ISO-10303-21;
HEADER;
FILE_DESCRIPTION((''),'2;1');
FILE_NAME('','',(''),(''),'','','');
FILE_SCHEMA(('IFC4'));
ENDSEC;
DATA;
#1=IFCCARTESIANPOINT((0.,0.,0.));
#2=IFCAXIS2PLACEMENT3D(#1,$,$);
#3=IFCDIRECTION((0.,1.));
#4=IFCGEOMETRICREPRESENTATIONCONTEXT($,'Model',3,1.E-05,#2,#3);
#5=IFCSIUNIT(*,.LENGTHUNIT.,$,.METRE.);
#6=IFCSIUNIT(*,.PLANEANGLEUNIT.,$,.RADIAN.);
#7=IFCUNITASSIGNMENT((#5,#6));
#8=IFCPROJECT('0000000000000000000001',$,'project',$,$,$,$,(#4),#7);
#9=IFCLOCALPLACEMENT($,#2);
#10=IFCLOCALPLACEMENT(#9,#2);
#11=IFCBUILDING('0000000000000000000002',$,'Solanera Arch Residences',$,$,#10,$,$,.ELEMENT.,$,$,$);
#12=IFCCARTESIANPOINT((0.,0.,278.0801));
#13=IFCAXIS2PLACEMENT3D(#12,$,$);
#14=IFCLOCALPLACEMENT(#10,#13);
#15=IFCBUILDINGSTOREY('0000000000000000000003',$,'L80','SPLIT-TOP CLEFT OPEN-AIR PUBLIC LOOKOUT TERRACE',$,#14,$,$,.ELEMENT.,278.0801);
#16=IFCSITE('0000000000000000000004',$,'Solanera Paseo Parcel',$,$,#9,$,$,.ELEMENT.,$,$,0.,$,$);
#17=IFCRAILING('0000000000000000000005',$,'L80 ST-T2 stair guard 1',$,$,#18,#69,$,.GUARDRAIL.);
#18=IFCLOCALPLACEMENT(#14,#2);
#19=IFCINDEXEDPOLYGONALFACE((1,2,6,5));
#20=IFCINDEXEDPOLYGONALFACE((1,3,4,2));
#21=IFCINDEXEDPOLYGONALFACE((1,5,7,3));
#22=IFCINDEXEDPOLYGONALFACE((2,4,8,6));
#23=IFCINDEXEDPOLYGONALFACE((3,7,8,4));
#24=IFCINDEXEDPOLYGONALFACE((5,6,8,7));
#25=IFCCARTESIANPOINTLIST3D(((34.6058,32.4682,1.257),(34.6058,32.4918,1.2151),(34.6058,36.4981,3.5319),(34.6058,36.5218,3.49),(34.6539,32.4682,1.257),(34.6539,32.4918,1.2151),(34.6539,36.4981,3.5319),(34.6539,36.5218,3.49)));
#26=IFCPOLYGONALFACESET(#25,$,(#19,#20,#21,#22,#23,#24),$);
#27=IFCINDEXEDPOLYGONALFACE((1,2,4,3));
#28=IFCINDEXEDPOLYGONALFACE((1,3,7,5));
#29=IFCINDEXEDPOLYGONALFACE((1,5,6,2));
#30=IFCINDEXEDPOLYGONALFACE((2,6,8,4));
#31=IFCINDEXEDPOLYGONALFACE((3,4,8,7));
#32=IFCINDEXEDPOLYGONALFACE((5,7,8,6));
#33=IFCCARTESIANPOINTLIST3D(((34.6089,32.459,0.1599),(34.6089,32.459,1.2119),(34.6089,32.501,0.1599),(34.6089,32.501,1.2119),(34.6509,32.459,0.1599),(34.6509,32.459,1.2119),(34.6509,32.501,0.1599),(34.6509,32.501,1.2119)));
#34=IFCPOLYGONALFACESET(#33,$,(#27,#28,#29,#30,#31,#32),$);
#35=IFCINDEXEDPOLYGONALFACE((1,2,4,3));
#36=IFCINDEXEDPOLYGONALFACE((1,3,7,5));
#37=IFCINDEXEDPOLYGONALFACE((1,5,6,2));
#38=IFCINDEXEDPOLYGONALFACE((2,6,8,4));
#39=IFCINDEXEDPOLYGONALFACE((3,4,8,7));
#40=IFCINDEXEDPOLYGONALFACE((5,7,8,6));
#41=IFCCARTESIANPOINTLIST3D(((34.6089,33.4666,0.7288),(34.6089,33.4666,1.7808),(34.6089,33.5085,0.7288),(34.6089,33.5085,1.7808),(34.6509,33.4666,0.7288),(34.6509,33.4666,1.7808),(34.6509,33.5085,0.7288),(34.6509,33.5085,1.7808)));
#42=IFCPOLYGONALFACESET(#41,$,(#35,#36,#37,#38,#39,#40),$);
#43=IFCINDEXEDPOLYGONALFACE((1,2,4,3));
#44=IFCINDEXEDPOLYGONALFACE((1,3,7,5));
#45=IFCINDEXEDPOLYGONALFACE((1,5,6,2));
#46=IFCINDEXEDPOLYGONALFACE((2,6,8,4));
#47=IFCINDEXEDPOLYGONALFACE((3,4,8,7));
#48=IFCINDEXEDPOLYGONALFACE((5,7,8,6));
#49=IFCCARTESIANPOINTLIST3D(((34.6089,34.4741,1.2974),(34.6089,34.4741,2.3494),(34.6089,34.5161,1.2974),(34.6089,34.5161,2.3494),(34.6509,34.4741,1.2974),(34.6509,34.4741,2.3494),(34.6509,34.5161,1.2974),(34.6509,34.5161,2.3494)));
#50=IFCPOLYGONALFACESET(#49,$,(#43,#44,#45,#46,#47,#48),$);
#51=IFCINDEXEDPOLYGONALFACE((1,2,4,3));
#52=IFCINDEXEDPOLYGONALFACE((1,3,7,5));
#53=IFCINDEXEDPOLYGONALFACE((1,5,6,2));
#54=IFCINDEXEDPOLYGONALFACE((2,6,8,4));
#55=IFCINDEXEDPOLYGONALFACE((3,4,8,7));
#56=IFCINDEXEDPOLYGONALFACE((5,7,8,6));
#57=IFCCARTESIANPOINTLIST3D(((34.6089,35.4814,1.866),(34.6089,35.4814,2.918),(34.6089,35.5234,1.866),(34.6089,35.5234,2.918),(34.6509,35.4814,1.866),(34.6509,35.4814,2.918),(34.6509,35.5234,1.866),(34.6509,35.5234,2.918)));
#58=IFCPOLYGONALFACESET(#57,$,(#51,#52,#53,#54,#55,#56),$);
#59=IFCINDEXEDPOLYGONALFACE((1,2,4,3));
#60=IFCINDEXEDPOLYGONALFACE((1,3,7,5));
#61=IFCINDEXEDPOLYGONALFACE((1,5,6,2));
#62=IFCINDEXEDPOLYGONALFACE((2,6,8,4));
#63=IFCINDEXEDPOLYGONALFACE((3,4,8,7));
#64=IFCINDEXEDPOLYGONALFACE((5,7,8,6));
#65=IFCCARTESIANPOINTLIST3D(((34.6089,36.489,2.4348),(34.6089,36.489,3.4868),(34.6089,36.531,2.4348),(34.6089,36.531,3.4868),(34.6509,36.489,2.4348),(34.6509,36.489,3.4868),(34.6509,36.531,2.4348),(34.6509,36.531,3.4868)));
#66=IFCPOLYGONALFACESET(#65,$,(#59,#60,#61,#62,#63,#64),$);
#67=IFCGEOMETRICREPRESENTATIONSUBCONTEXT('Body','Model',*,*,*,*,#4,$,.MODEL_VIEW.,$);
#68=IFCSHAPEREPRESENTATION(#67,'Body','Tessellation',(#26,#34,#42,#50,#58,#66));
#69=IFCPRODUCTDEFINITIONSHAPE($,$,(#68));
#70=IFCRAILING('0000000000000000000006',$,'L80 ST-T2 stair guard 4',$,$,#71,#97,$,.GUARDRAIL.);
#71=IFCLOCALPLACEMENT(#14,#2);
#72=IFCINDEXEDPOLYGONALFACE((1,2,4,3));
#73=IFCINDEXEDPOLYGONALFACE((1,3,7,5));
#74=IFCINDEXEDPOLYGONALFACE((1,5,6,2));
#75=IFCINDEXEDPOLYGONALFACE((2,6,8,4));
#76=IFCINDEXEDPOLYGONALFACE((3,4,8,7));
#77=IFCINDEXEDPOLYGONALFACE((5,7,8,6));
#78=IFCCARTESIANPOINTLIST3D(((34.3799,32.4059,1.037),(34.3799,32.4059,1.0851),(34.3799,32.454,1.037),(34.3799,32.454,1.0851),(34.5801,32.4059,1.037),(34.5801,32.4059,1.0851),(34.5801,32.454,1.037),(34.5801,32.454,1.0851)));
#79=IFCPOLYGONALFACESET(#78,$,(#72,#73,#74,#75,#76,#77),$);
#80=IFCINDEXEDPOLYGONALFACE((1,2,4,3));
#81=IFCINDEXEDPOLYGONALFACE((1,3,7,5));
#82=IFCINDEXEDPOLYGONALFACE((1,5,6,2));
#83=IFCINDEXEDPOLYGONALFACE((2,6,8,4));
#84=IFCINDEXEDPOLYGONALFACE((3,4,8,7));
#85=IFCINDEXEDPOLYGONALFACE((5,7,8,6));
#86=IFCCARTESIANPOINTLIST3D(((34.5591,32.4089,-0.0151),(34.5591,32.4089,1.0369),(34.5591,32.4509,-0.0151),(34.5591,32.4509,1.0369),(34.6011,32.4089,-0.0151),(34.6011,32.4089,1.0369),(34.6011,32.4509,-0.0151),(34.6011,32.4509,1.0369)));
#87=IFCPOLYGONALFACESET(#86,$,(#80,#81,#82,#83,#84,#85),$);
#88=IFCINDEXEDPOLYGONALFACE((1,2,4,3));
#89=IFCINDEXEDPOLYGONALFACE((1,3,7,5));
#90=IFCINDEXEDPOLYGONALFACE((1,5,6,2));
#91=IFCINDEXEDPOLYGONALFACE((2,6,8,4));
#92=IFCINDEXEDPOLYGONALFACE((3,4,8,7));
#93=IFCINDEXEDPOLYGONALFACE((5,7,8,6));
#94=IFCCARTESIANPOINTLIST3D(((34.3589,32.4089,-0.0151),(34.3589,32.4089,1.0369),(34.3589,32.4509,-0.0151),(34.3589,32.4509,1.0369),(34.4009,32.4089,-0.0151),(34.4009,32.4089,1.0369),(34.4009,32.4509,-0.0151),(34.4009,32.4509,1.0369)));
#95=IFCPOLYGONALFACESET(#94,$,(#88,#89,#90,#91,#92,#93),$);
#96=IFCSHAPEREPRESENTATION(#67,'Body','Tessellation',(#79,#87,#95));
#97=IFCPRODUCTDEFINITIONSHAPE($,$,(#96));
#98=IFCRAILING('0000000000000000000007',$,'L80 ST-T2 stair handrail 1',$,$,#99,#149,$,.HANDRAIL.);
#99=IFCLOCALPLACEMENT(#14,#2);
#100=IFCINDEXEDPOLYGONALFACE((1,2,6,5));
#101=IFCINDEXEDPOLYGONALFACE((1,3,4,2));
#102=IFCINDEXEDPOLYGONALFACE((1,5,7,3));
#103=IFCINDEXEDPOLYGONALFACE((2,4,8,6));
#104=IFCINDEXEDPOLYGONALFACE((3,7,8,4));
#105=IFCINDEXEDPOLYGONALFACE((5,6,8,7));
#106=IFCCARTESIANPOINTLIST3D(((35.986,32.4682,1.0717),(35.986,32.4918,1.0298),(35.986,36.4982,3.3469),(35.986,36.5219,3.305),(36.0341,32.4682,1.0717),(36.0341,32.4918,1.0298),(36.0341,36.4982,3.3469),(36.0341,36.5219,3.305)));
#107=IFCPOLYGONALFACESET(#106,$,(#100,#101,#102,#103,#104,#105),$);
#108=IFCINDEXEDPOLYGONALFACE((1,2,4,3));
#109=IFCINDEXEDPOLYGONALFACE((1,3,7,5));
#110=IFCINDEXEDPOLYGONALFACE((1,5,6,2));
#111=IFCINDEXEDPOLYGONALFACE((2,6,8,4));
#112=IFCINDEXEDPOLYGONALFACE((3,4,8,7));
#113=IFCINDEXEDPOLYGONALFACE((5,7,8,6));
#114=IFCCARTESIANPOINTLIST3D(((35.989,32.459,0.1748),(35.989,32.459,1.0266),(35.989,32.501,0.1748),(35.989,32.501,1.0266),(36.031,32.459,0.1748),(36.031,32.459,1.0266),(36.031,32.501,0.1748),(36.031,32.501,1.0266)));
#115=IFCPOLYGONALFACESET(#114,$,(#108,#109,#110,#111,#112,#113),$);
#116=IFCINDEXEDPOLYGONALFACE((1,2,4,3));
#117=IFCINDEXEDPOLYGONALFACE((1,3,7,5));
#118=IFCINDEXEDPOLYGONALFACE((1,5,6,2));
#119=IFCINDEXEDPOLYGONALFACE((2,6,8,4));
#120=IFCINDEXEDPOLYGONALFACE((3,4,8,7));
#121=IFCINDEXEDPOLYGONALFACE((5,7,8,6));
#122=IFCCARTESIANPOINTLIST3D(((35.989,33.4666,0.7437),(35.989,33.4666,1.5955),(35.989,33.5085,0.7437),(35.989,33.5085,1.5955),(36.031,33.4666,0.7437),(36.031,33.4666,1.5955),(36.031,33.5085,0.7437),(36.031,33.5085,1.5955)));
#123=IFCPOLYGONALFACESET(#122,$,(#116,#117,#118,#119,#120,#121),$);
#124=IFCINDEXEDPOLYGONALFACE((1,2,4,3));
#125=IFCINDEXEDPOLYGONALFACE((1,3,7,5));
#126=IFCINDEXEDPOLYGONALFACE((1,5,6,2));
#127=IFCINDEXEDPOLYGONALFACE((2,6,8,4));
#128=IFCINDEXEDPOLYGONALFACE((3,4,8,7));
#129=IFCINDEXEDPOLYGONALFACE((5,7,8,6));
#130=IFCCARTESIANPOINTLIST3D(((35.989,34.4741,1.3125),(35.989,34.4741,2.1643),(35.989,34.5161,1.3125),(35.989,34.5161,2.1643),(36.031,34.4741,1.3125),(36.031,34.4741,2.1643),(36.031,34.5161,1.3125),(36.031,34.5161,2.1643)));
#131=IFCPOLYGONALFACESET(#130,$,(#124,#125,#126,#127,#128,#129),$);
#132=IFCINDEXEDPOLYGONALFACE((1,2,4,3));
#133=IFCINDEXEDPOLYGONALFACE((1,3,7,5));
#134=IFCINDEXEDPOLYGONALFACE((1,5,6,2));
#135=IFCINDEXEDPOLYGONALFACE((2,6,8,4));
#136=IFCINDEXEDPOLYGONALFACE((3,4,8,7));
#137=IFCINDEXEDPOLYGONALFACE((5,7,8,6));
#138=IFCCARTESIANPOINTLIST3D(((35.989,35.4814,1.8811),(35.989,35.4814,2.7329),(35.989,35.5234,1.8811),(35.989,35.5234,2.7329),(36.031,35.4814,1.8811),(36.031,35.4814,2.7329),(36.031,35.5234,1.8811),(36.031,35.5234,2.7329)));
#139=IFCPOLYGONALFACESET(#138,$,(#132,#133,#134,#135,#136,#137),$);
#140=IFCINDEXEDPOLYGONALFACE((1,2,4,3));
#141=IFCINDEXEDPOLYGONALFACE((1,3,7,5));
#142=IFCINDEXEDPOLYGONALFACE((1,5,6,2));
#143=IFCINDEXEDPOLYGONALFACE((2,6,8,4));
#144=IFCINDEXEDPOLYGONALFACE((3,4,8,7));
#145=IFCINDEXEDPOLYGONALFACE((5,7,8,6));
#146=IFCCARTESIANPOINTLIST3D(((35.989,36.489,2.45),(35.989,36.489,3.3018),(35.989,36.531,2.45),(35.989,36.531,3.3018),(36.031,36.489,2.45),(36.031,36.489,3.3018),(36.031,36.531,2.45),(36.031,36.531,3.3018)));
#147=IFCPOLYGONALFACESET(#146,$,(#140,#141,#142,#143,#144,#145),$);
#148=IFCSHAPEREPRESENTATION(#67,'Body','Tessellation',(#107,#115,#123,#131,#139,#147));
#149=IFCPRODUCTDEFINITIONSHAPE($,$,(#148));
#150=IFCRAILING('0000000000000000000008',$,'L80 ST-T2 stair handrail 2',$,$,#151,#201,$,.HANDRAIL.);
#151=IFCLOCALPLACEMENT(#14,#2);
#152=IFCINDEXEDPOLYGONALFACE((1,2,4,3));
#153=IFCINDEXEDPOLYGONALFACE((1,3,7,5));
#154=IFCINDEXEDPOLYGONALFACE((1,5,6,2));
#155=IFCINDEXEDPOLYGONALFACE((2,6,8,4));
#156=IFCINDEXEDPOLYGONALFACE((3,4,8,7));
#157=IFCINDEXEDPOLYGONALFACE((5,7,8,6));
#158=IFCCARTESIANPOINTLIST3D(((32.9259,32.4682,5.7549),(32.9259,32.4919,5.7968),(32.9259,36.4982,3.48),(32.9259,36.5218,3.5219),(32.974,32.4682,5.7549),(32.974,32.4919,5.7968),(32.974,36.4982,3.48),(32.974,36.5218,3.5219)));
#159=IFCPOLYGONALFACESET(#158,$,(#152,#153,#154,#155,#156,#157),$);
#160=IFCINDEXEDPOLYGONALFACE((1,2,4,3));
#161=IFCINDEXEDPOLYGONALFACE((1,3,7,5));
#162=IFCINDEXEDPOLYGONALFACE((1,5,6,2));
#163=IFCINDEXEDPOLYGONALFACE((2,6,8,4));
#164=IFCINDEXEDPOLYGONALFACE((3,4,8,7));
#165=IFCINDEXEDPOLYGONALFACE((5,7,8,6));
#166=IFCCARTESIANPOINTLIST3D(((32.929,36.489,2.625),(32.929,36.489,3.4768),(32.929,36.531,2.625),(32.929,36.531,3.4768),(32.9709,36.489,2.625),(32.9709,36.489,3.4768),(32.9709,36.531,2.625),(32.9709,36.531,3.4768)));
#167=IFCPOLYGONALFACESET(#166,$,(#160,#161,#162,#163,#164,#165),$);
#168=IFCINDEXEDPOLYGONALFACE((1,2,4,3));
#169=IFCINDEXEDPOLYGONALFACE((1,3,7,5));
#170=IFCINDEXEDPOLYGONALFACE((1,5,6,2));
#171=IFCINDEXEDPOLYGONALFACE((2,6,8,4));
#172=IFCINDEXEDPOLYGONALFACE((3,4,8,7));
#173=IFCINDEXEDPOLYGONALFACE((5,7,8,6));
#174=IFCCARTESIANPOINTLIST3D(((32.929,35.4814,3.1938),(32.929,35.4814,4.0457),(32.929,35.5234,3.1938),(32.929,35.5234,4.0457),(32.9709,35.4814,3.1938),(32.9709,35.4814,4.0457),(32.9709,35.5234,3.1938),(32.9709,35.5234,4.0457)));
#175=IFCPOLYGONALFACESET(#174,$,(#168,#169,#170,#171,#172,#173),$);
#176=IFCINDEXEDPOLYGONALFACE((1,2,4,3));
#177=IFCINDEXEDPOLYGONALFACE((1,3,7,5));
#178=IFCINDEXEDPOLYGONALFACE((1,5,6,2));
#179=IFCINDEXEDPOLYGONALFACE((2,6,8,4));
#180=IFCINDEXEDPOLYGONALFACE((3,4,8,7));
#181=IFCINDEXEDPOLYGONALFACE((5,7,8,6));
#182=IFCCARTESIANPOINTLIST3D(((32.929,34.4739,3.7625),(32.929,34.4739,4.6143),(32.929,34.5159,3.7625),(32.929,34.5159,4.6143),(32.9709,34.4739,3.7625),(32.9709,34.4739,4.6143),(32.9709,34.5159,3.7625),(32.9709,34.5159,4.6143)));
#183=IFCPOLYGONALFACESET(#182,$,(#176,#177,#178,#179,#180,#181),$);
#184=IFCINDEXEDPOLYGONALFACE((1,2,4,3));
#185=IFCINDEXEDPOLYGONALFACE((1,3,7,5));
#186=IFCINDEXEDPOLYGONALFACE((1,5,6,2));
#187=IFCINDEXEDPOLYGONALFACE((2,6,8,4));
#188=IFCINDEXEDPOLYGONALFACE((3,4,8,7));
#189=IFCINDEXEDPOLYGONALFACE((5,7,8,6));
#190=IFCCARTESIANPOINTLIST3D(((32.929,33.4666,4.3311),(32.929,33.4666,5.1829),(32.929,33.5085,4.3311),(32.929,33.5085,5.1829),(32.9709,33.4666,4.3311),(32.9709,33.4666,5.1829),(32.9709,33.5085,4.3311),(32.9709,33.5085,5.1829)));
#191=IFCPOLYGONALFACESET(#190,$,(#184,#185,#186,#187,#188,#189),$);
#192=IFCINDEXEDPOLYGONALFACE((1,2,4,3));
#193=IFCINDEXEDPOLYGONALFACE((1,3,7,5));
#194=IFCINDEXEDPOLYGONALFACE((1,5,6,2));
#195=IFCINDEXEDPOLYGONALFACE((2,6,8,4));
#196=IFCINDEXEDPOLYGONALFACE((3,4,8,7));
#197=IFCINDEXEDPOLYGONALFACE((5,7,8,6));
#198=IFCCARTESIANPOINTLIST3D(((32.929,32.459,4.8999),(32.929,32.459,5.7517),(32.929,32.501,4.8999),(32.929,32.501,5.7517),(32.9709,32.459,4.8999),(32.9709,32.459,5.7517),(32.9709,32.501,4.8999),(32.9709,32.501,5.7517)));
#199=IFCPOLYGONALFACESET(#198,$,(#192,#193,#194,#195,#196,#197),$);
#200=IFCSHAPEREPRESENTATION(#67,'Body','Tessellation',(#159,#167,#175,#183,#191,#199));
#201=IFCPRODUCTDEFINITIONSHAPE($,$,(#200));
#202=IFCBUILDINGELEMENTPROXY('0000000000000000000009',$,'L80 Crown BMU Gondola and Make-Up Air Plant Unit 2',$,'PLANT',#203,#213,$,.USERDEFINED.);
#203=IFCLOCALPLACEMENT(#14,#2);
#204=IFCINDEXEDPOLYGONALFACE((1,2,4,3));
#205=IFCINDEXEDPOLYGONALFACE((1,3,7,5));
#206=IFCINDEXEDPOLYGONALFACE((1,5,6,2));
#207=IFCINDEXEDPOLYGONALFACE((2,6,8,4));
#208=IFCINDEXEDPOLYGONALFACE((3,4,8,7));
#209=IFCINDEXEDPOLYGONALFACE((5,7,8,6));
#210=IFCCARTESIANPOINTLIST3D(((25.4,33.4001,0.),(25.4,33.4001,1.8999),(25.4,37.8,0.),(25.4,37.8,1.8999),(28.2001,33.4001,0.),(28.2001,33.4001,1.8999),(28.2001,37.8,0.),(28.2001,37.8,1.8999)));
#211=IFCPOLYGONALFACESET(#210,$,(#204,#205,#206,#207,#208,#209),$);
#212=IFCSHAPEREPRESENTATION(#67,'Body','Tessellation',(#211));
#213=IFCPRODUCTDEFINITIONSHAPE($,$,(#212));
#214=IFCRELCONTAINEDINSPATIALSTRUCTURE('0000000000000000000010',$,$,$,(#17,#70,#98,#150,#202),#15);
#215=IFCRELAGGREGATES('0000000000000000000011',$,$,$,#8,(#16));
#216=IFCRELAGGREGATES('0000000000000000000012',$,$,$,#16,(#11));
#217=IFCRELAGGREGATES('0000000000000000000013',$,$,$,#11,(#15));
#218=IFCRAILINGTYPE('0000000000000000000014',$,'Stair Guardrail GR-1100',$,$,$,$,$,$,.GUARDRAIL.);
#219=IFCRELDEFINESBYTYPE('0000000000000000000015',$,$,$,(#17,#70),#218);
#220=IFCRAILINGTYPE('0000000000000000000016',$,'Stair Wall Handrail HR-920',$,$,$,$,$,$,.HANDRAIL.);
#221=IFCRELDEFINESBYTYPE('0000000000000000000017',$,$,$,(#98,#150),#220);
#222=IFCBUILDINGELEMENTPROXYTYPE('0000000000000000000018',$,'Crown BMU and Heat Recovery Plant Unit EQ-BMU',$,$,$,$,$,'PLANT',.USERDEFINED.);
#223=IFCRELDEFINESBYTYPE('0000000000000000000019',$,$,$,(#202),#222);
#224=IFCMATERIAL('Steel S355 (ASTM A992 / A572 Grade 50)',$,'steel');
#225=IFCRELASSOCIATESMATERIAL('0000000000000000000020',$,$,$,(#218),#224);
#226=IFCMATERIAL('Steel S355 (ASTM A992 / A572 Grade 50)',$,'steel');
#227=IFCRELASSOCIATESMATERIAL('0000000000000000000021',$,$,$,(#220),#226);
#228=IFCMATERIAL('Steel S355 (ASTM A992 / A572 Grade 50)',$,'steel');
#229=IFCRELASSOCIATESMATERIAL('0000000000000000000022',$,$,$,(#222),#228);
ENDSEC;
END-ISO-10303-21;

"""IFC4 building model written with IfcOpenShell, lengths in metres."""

from ifc_helpers import new_model, si_unit, direction, frame, origin, origin_2d, place, context, subcontext, project, spatial, rectangle, extrude, material, type_object, element, save


model = new_model("IFC4")

# Units and contexts
model_context = context("Model", 3, precision=1e-05, world=origin(), true_north=direction((0.0, 1.0)))
body_context = subcontext(model_context, "Body", "Model", "MODEL_VIEW")
ifc_project = project(units=[si_unit("LENGTHUNIT", "METRE"), si_unit("PLANEANGLEUNIT", "RADIAN")], contexts=[model_context])

# Site, building, storey
site_placement = place(None, origin())
site = spatial("IfcSite", under=ifc_project, at=site_placement, Name="Solanera Paseo Parcel", CompositionType="ELEMENT", RefElevation=0.0)
building_placement = place(site_placement, origin())
building = spatial("IfcBuilding", under=site, at=building_placement, Name="Solanera Arch Residences", CompositionType="ELEMENT")
storey_placement = place(building_placement, frame((0.0, 0.0, 278.0801)))
storey = spatial("IfcBuildingStorey", under=building, at=storey_placement, Name="L80", Description="SPLIT-TOP CLEFT OPEN-AIR PUBLIC LOOKOUT TERRACE", CompositionType="ELEMENT", Elevation=278.0801)

# Railings
ifc_material_1 = material(Name="Steel S355 (ASTM A992 / A572 Grade 50)", Category="steel")
railing_type_1 = type_object("IfcRailingType", Name="Stair Guardrail GR-1100", PredefinedType="GUARDRAIL", material=ifc_material_1)
railing_1_placement = place(storey_placement, frame((34.6299, 32.48, 0.1599)))
element("IfcRailing", 1, at=railing_1_placement, inside=storey, type_object=railing_type_1, Name="L80 ST-T2 stair guard 1", PredefinedType="GUARDRAIL", context=body_context, shape_type="SweptSolid", body=[
    extrude(rectangle(XDim=0.0481, YDim=0.0481, at=origin_2d()), frame((0.0, 0.0, 1.0762), z_axis=(0.0, 0.870835, 0.491576), x_axis=(-1.0, 0.0, 0.0)), (0.0, 0.0, 1.0), 4.6277),
    extrude(rectangle(XDim=0.042, YDim=0.042, at=origin_2d()), origin(), (0.0, 0.0, 1.0), 1.052),
    extrude(rectangle(XDim=0.042, YDim=0.042, at=origin_2d()), frame((0.0, 1.0076, 0.5688)), (0.0, 0.0, 1.0), 1.052),
    extrude(rectangle(XDim=0.042, YDim=0.042, at=origin_2d()), frame((0.0, 2.0151, 1.1375)), (0.0, 0.0, 1.0), 1.052),
    extrude(rectangle(XDim=0.042, YDim=0.042, at=origin_2d()), frame((0.0, 3.0225, 1.7061)), (0.0, 0.0, 1.0), 1.052),
    extrude(rectangle(XDim=0.042, YDim=0.042, at=origin_2d()), frame((0.0, 4.03, 2.2749)), (0.0, 0.0, 1.0), 1.052),
])
railing_2_placement = place(storey_placement, frame((34.5801, 32.4299, -0.0151)))
element("IfcRailing", 2, at=railing_2_placement, inside=storey, type_object=railing_type_1, Name="L80 ST-T2 stair guard 4", PredefinedType="GUARDRAIL", context=body_context, shape_type="SweptSolid", body=[
    extrude(rectangle(XDim=0.0481, YDim=0.0481, at=origin_2d()), frame((0.0, 0.0, 1.0762), z_axis=(-1.0, 0.0, 0.0), x_axis=(0.0, -1.0, 0.0)), (0.0, 0.0, 1.0), 0.2002),
    extrude(rectangle(XDim=0.042, YDim=0.042, at=origin_2d()), origin(), (0.0, 0.0, 1.0), 1.052),
    extrude(rectangle(XDim=0.042, YDim=0.042, at=origin_2d()), frame((-0.2002, 0.0, 0.0)), (0.0, 0.0, 1.0), 1.052),
])
ifc_material_2 = material(Name="Steel S355 (ASTM A992 / A572 Grade 50)", Category="steel")
railing_type_2 = type_object("IfcRailingType", Name="Stair Wall Handrail HR-920", PredefinedType="HANDRAIL", material=ifc_material_2)
railing_3_placement = place(storey_placement, frame((36.01, 32.48, 0.1748)))
element("IfcRailing", 3, at=railing_3_placement, inside=storey, type_object=railing_type_2, Name="L80 ST-T2 stair handrail 1", PredefinedType="HANDRAIL", context=body_context, shape_type="SweptSolid", body=[
    extrude(rectangle(XDim=0.0481, YDim=0.0481, at=origin_2d()), frame((0.0, 0.0, 0.876), z_axis=(0.0, 0.870812, 0.491616), x_axis=(-1.0, 0.0, 0.0)), (0.0, 0.0, 1.0), 4.6279),
    extrude(rectangle(XDim=0.042, YDim=0.042, at=origin_2d()), origin(), (0.0, 0.0, 1.0), 0.8518),
    extrude(rectangle(XDim=0.042, YDim=0.042, at=origin_2d()), frame((0.0, 1.0076, 0.5688)), (0.0, 0.0, 1.0), 0.8518),
    extrude(rectangle(XDim=0.042, YDim=0.042, at=origin_2d()), frame((0.0, 2.0151, 1.1377)), (0.0, 0.0, 1.0), 0.8518),
    extrude(rectangle(XDim=0.042, YDim=0.042, at=origin_2d()), frame((0.0, 3.0225, 1.7063)), (0.0, 0.0, 1.0), 0.8518),
    extrude(rectangle(XDim=0.042, YDim=0.042, at=origin_2d()), frame((0.0, 4.03, 2.2751)), (0.0, 0.0, 1.0), 0.8518),
])
railing_4_placement = place(storey_placement, frame((32.95, 36.51, 2.625)))
element("IfcRailing", 4, at=railing_4_placement, inside=storey, type_object=railing_type_2, Name="L80 ST-T2 stair handrail 2", PredefinedType="HANDRAIL", context=body_context, shape_type="SweptSolid", body=[
    extrude(rectangle(XDim=0.0481, YDim=0.0481, at=origin_2d()), frame((0.0, 0.0, 0.876), z_axis=(0.0, -0.870835, 0.491576), x_axis=(1.0, 0.0, 0.0)), (0.0, 0.0, 1.0), 4.6277),
    extrude(rectangle(XDim=0.042, YDim=0.042, at=origin_2d()), origin(), (0.0, 0.0, 1.0), 0.8518),
    extrude(rectangle(XDim=0.042, YDim=0.042, at=origin_2d()), frame((0.0, -1.0076, 0.5688)), (0.0, 0.0, 1.0), 0.8518),
    extrude(rectangle(XDim=0.042, YDim=0.042, at=origin_2d()), frame((0.0, -2.0151, 1.1375)), (0.0, 0.0, 1.0), 0.8518),
    extrude(rectangle(XDim=0.042, YDim=0.042, at=origin_2d()), frame((0.0, -3.0225, 1.7061)), (0.0, 0.0, 1.0), 0.8518),
    extrude(rectangle(XDim=0.042, YDim=0.042, at=origin_2d()), frame((0.0, -4.03, 2.2749)), (0.0, 0.0, 1.0), 0.8518),
])

# Building element proxy
ifc_material_3 = material(Name="Steel S355 (ASTM A992 / A572 Grade 50)", Category="steel")
building_element_proxy_type = type_object("IfcBuildingElementProxyType", Name="Crown BMU and Heat Recovery Plant Unit EQ-BMU", ElementType="PLANT", PredefinedType="USERDEFINED", material=ifc_material_3)
proxy_placement = place(storey_placement, frame((26.8, 35.6001, 0.0), z_axis=(0.0, 0.0, 1.0), x_axis=(1.0, 0.0, 0.0)))
element("IfcBuildingElementProxy", 5, at=proxy_placement, inside=storey, type_object=building_element_proxy_type, Name="L80 Crown BMU Gondola and Make-Up Air Plant Unit 2", ObjectType="PLANT", PredefinedType="USERDEFINED", context=body_context, shape_type="SweptSolid", body=[
    extrude(rectangle(XDim=2.8, YDim=4.3999, at=origin_2d()), origin(), (0.0, 0.0, 1.0), 1.8999),
])

save(model, "model.ifc")
